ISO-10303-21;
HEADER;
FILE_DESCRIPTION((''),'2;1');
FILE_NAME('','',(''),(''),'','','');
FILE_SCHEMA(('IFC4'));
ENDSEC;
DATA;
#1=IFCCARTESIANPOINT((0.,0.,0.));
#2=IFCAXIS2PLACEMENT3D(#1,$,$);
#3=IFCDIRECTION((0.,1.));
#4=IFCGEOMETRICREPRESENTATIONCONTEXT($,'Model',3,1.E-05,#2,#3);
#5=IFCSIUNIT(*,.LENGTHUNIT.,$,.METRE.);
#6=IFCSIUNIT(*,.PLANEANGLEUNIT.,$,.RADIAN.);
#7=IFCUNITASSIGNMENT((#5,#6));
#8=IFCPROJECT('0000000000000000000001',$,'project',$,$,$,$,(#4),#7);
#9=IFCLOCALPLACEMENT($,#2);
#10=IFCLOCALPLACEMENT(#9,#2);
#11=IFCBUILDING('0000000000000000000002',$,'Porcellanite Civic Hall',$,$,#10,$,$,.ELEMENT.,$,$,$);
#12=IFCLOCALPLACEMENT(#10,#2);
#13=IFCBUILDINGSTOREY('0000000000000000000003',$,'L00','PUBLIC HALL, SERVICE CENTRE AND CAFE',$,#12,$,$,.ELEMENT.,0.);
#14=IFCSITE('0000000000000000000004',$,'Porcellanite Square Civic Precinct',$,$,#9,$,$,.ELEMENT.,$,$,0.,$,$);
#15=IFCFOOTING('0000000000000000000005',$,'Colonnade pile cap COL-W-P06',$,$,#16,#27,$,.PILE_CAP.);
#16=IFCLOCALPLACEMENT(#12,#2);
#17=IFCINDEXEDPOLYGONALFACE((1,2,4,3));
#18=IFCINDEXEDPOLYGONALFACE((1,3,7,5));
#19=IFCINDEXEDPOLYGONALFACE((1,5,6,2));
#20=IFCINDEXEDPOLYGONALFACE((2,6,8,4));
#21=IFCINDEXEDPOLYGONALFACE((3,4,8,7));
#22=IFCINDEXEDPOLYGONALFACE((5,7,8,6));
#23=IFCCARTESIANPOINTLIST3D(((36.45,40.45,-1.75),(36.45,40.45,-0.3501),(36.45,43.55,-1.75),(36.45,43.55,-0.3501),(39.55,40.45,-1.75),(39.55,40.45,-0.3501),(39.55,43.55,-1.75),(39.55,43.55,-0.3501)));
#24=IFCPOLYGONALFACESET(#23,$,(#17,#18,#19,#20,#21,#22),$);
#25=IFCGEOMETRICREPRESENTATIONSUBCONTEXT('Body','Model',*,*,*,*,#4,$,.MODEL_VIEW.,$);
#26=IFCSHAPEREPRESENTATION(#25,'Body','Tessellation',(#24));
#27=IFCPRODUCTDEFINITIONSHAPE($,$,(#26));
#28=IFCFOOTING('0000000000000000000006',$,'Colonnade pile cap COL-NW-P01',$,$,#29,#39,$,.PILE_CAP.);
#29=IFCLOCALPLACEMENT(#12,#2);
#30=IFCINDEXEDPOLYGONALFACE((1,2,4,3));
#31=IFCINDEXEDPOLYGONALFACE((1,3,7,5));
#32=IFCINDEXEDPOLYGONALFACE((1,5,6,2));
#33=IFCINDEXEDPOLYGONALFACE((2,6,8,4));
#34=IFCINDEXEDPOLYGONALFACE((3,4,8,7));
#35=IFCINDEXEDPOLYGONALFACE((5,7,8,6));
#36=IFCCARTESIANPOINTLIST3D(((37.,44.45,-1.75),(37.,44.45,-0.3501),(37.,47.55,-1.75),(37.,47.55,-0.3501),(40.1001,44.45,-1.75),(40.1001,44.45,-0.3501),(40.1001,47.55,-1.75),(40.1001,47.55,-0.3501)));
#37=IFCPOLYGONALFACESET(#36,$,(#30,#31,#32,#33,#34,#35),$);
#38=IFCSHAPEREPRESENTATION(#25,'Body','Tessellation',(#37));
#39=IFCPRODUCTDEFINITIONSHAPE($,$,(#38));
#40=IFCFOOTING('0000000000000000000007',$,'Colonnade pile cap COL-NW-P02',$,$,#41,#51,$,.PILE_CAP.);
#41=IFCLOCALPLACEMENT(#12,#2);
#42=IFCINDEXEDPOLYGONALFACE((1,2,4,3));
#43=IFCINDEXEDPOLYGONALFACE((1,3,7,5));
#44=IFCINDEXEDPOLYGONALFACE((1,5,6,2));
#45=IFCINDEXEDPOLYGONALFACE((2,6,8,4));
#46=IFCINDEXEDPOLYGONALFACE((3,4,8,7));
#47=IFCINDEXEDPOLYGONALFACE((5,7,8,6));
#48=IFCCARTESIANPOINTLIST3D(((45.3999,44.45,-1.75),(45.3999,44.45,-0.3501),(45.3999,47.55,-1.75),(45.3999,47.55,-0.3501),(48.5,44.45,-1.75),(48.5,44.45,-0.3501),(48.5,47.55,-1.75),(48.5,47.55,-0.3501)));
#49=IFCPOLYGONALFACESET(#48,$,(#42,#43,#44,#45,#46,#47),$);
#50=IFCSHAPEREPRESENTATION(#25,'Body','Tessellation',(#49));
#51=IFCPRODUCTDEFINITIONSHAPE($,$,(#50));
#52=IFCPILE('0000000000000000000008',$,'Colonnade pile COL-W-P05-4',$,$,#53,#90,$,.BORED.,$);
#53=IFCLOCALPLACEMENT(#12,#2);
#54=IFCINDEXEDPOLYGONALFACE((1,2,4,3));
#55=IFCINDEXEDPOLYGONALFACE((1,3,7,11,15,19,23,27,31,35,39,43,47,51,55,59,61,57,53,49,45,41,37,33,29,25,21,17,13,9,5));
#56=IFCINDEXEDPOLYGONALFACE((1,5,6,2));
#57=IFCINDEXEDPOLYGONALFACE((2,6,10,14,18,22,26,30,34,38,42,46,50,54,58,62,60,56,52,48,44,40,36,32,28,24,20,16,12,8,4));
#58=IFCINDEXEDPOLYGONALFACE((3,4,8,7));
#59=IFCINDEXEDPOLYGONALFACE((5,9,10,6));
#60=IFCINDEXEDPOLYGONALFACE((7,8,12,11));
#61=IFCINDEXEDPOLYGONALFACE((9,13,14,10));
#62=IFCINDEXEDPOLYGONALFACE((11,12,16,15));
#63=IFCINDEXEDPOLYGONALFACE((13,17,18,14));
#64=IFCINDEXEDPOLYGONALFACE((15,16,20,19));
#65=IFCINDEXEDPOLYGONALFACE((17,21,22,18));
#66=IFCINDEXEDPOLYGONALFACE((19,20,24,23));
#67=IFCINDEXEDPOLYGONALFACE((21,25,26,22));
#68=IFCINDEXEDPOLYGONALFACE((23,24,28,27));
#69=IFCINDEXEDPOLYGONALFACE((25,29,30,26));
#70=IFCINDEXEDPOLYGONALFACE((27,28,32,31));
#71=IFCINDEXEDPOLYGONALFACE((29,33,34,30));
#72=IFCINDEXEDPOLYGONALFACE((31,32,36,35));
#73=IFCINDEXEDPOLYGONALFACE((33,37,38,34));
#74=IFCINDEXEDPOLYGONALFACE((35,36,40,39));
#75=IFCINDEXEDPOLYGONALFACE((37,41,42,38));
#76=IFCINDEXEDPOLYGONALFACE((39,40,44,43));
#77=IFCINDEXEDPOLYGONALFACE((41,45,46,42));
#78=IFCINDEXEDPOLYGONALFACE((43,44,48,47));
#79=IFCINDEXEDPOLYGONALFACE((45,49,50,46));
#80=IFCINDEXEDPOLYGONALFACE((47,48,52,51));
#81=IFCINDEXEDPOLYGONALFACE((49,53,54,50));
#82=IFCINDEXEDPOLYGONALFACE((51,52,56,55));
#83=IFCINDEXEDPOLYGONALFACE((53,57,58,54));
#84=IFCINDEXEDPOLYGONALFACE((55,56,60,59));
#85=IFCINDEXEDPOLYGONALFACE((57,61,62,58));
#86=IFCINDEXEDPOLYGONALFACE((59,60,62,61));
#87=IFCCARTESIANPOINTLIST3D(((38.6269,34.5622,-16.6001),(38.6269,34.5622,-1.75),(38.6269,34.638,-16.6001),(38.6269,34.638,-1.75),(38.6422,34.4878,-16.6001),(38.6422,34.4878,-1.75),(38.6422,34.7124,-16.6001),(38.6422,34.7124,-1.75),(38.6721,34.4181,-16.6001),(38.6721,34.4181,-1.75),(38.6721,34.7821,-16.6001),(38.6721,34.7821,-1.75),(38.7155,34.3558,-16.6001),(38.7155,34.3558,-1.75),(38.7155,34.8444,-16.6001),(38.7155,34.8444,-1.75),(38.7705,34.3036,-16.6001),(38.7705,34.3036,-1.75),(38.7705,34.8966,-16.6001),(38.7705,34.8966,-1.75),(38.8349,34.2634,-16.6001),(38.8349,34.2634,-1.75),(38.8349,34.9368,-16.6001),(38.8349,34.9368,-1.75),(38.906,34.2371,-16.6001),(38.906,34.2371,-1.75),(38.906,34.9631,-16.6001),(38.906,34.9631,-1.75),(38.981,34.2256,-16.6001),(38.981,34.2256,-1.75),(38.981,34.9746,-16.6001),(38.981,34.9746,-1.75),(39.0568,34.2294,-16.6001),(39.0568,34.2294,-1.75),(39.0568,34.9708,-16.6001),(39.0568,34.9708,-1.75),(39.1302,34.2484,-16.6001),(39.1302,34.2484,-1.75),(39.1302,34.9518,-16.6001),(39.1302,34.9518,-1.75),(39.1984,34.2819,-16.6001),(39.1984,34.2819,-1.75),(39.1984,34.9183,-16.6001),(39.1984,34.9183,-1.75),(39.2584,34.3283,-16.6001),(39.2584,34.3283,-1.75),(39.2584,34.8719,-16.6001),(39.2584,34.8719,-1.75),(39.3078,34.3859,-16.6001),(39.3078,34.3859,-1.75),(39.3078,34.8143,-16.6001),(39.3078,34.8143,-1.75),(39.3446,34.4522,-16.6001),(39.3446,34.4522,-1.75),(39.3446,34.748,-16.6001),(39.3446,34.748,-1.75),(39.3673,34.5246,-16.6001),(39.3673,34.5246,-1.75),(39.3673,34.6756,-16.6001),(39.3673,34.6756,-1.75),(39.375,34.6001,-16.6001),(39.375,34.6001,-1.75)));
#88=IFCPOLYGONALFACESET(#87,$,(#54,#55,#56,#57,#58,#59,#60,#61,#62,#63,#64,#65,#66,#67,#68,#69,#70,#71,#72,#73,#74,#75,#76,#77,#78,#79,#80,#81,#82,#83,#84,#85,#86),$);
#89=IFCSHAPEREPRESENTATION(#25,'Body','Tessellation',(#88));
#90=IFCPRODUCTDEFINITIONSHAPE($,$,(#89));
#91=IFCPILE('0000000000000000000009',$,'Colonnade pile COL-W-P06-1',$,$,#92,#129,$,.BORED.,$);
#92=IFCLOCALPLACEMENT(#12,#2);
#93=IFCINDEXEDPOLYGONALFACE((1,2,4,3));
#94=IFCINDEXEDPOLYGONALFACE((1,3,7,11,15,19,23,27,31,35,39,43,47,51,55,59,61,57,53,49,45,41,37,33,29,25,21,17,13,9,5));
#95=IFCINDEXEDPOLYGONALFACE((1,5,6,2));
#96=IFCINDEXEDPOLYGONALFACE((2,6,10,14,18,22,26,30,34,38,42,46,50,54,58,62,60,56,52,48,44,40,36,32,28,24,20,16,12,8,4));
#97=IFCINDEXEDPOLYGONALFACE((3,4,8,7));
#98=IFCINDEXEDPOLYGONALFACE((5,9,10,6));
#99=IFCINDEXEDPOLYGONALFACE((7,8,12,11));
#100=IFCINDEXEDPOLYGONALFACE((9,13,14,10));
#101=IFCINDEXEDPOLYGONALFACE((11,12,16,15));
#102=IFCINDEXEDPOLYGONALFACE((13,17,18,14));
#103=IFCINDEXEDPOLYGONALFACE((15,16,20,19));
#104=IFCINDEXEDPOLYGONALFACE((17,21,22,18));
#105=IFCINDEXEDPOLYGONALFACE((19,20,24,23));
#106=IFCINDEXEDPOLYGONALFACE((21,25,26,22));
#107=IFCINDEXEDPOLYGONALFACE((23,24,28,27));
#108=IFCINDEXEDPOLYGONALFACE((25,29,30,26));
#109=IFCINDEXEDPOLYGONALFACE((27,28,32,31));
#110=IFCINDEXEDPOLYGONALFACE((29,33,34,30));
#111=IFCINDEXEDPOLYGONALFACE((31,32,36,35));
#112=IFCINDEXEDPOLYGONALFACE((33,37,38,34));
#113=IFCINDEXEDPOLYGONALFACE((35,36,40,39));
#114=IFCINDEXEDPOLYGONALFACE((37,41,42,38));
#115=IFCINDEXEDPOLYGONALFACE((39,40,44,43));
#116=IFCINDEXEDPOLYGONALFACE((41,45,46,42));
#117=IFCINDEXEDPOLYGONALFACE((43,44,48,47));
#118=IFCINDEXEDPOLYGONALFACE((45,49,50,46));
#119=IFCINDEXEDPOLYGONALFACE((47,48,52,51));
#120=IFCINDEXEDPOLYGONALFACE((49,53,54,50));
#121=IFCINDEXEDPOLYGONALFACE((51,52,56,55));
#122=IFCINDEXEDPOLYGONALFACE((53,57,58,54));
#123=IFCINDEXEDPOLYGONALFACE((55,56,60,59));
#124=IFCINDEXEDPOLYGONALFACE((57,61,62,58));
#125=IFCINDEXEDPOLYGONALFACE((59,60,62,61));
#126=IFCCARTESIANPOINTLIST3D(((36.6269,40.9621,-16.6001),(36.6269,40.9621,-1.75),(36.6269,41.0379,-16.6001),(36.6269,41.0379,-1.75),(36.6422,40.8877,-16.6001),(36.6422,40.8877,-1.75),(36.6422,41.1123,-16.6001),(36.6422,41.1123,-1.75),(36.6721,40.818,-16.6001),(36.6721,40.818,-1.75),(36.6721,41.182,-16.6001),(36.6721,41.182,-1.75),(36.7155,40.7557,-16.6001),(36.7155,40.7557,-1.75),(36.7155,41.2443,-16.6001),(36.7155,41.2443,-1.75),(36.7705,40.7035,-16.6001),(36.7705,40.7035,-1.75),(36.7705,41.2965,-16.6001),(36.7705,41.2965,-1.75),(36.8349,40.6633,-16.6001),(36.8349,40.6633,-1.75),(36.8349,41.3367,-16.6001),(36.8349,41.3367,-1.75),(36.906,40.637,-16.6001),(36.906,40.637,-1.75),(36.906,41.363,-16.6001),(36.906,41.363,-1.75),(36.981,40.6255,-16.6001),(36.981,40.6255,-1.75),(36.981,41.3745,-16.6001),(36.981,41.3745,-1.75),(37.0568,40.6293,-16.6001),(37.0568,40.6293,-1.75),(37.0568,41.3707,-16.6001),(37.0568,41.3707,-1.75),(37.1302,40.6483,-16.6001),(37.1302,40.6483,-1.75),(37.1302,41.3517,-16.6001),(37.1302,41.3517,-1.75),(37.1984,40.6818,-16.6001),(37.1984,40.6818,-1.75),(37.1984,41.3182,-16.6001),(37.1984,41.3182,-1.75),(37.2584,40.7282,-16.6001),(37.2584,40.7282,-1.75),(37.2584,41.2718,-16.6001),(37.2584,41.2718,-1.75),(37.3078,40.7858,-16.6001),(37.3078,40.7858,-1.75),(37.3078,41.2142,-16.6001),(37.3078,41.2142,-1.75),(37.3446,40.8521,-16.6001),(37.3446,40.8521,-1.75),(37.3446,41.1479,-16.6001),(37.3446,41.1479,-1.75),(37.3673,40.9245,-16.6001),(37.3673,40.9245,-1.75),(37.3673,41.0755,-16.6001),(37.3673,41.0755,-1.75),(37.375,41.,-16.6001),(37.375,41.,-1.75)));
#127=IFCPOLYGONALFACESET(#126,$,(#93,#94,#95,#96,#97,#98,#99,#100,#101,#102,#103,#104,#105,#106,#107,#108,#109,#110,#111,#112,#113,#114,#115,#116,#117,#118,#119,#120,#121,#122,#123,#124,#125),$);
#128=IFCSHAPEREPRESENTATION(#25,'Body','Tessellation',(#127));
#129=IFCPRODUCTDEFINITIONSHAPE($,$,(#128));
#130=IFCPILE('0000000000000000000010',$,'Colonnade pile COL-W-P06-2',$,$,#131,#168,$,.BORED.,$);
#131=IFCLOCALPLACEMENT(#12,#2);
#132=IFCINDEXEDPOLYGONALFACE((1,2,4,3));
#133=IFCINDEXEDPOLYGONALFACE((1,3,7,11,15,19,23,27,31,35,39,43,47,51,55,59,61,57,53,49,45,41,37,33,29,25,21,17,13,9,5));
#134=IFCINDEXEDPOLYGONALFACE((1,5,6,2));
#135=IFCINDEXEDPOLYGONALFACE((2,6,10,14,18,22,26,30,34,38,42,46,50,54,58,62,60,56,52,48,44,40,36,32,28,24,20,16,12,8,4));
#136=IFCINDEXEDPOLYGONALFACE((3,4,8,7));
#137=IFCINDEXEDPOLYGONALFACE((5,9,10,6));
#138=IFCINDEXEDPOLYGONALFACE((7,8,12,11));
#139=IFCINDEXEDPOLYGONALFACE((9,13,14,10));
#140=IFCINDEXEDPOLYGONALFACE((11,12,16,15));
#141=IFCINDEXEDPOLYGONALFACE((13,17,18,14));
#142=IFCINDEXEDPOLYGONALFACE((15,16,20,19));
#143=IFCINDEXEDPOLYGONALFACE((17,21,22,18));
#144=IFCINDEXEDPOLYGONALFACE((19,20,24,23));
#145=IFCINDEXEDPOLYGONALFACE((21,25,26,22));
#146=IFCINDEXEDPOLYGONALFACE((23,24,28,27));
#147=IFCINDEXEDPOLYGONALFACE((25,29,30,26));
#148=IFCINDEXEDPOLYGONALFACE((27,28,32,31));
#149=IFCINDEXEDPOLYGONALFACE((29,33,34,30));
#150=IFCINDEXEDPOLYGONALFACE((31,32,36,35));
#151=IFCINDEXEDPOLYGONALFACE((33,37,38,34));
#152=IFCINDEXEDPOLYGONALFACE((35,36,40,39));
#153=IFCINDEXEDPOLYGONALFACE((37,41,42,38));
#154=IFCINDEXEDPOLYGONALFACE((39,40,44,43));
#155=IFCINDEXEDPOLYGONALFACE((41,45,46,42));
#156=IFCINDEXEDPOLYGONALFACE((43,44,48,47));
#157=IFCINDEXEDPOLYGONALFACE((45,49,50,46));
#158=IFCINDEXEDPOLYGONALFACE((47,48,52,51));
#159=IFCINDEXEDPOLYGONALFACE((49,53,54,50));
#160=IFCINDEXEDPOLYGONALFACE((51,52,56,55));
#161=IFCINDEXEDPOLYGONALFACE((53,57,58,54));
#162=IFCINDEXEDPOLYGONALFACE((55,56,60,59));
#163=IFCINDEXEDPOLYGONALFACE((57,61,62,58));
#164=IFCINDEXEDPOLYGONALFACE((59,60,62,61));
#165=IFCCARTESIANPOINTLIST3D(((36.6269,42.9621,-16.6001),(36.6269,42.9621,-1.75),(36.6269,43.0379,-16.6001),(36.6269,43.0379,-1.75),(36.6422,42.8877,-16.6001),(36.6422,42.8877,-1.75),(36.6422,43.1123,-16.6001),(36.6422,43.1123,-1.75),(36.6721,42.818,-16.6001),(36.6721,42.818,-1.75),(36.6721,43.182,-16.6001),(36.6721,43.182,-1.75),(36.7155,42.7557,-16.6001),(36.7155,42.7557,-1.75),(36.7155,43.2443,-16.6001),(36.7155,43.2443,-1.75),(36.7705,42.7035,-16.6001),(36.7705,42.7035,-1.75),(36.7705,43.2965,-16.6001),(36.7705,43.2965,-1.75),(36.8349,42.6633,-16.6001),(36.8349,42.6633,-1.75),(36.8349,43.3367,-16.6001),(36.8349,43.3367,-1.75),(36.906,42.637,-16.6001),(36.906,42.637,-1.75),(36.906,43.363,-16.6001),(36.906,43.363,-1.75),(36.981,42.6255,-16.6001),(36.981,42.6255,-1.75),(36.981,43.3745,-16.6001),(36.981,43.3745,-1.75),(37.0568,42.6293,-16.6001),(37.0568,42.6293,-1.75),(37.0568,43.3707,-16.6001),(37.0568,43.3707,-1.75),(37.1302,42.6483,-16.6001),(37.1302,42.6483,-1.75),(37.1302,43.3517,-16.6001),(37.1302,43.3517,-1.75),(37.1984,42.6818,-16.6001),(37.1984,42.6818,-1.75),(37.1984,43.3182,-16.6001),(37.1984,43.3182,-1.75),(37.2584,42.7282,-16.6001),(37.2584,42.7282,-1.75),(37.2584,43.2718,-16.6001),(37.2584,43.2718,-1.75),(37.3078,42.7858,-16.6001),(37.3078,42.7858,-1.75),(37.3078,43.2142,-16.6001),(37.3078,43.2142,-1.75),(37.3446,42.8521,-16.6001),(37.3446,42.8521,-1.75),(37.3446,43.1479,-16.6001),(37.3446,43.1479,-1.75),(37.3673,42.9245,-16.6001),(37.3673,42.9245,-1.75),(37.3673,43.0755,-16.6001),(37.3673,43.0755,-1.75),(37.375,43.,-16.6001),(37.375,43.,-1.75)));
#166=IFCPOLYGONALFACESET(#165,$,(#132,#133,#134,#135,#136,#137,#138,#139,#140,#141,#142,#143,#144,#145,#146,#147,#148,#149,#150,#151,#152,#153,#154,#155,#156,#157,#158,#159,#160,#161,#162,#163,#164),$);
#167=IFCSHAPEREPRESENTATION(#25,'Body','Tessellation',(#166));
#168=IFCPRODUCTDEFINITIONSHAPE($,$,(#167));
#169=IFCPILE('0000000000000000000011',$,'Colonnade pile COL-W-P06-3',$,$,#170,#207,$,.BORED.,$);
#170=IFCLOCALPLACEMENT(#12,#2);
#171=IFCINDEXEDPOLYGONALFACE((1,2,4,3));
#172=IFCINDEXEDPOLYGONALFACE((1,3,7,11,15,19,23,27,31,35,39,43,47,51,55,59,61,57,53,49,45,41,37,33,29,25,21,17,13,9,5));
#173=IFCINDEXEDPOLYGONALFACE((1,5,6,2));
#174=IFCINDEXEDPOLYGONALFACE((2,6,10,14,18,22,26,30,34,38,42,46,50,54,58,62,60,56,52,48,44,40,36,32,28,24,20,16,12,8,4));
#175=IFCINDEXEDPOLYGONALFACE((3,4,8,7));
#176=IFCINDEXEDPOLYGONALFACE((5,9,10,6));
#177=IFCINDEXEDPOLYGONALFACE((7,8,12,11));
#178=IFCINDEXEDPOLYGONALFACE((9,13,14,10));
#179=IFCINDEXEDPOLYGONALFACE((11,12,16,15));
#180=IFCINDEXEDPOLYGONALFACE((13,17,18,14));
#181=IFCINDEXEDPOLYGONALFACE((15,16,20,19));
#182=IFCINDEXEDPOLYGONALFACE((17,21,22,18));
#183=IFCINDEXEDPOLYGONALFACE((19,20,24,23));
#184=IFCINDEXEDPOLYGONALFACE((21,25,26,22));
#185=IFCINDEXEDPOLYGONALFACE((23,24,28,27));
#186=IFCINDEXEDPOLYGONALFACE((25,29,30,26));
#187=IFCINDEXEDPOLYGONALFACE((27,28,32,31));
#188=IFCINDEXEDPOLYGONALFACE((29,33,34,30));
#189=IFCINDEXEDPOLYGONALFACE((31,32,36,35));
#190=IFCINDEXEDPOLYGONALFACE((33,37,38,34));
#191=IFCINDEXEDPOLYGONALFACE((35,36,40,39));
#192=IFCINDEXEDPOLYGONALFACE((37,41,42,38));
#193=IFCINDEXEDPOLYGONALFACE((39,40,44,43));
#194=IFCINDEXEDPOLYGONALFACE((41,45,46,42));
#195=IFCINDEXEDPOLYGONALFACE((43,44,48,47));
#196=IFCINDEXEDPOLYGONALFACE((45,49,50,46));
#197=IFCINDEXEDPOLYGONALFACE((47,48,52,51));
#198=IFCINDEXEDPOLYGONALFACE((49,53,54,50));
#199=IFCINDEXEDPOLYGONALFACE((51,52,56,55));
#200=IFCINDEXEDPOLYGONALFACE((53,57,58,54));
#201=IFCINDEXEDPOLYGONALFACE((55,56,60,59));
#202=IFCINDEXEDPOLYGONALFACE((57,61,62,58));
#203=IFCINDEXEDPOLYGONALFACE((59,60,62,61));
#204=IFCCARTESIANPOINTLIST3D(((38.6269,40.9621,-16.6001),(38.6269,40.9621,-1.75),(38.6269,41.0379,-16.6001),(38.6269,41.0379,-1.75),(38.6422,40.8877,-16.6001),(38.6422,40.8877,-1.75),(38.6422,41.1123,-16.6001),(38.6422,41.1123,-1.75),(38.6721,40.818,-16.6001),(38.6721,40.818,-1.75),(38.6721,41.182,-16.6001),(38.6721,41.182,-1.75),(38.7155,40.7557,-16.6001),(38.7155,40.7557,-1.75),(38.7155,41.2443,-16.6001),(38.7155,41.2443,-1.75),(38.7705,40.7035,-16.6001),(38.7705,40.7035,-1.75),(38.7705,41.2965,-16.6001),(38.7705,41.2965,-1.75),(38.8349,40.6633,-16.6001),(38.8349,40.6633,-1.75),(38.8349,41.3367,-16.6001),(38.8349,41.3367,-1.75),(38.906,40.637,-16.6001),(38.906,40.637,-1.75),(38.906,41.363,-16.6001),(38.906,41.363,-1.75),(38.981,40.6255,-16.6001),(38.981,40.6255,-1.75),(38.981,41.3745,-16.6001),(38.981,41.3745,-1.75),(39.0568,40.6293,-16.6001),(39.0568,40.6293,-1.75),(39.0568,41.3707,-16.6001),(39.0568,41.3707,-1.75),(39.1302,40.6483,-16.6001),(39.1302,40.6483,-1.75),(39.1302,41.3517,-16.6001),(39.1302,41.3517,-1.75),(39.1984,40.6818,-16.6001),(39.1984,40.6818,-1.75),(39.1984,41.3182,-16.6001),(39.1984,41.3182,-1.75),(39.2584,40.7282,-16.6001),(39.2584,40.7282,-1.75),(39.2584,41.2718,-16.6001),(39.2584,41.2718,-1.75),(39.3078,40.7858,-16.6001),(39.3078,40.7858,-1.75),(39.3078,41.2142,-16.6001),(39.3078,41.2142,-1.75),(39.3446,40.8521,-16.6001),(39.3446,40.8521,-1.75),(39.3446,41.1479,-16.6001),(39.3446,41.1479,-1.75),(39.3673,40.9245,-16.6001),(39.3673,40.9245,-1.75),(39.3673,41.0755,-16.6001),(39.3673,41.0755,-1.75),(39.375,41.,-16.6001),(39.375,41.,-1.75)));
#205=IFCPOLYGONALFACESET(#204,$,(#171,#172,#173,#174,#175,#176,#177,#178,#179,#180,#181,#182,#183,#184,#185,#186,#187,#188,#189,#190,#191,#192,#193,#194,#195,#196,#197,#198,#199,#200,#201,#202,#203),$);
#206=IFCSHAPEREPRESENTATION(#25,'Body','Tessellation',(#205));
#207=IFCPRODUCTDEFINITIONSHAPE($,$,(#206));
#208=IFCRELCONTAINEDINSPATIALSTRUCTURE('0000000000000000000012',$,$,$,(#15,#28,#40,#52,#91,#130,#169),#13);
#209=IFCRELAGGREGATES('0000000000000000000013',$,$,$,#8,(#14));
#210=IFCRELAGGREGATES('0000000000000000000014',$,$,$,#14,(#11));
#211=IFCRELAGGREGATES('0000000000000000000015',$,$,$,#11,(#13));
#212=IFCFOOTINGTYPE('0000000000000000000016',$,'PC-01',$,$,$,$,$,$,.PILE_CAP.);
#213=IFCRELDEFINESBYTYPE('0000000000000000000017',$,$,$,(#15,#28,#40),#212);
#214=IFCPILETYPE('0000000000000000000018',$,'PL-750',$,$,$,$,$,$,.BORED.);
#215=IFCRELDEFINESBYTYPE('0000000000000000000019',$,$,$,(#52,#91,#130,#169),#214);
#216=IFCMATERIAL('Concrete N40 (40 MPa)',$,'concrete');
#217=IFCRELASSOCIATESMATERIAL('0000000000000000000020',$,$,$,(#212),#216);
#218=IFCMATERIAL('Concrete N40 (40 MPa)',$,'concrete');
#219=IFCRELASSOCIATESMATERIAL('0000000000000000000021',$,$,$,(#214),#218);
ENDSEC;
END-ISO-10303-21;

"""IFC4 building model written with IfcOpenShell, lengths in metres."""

from ifc_helpers import new_model, si_unit, direction, frame, origin, origin_2d, place, context, subcontext, project, spatial, rectangle, circle, extrude, material, material_profile, profile_set, type_object, element, save


model = new_model("IFC4")

# Units and contexts
model_context = context("Model", 3, precision=1e-05, world=origin(), true_north=direction((0.0, 1.0)))
body_context = subcontext(model_context, "Body", "Model", "MODEL_VIEW")
ifc_project = project(units=[si_unit("LENGTHUNIT", "METRE"), si_unit("PLANEANGLEUNIT", "RADIAN")], contexts=[model_context])

# Site, building, storey
site_placement = place(None, origin())
site = spatial("IfcSite", under=ifc_project, at=site_placement, Name="Porcellanite Square Civic Precinct", CompositionType="ELEMENT", RefElevation=0.0)
building_placement = place(site_placement, origin())
building = spatial("IfcBuilding", under=site, at=building_placement, Name="Porcellanite Civic Hall", CompositionType="ELEMENT")
storey_placement = place(building_placement, origin())
storey = spatial("IfcBuildingStorey", under=building, at=storey_placement, Name="L00", Description="PUBLIC HALL, SERVICE CENTRE AND CAFE", CompositionType="ELEMENT", Elevation=0.0)

# Footings
ifc_material_1 = material(Name="Concrete N40 (40 MPa)", Category="concrete")
footing_type = type_object("IfcFootingType", Name="PC-01", PredefinedType="PILE_CAP", material=ifc_material_1)
for number, where, z_axis, x_axis, name in (
    (1, (38.0, 42.0, -1.75), (0.0, 0.0, 1.0), (1.0, 0.0, 0.0), "Colonnade pile cap COL-W-P06"),
    (2, (38.55, 46.0, -1.75), (0.0, 0.0, 1.0), (1.0, 0.0, 0.0), "Colonnade pile cap COL-NW-P01"),
    (3, (46.95, 46.0, -1.75), (0.0, 0.0, 1.0), (1.0, 0.0, 0.0), "Colonnade pile cap COL-NW-P02"),
):
    element("IfcFooting", number, at=place(storey_placement, frame(where, z_axis=z_axis, x_axis=x_axis)), inside=storey, type_object=footing_type, Name=name, PredefinedType="PILE_CAP", context=body_context, shape_type="SweptSolid", body=[
        extrude(rectangle(XDim=3.1001, YDim=3.1001, at=origin_2d()), origin(), (0.0, 0.0, 1.0), 1.3999),
    ])

# Piles
ifc_material_2 = material(Name="Concrete N40 (40 MPa)", Category="concrete")
ifc_material_profile_1 = material_profile(ifc_material_2, circle(Radius=0.375, at=origin_2d()), Name="PILE-D750")
ifc_profile_set_1 = profile_set([ifc_material_profile_1], Name="Concrete N40 (40 MPa)")
pile_type = type_object("IfcPileType", Name="PL-750", PredefinedType="BORED", material=ifc_profile_set_1)
for number, where, z_axis, x_axis, name in (
    (4, (39.0, 34.6001, -1.75), (0.0, 0.0, -1.0), (1.0, 0.0, 0.0), "Colonnade pile COL-W-P05-4"),
    (5, (37.0, 41.0, -1.75), (0.0, 0.0, -1.0), (1.0, 0.0, 0.0), "Colonnade pile COL-W-P06-1"),
    (6, (37.0, 43.0, -1.75), (0.0, 0.0, -1.0), (1.0, 0.0, 0.0), "Colonnade pile COL-W-P06-2"),
    (7, (39.0, 41.0, -1.75), (0.0, 0.0, -1.0), (1.0, 0.0, 0.0), "Colonnade pile COL-W-P06-3"),
):
    element("IfcPile", number, at=place(storey_placement, frame(where, z_axis=z_axis, x_axis=x_axis)), inside=storey, type_object=pile_type, Name=name, PredefinedType="BORED", context=body_context, shape_type="SweptSolid", body=[
        extrude(circle(Radius=0.375, at=origin_2d()), origin(), (0.0, 0.0, 1.0), 14.8501),
    ])

save(model, "model.ifc")
